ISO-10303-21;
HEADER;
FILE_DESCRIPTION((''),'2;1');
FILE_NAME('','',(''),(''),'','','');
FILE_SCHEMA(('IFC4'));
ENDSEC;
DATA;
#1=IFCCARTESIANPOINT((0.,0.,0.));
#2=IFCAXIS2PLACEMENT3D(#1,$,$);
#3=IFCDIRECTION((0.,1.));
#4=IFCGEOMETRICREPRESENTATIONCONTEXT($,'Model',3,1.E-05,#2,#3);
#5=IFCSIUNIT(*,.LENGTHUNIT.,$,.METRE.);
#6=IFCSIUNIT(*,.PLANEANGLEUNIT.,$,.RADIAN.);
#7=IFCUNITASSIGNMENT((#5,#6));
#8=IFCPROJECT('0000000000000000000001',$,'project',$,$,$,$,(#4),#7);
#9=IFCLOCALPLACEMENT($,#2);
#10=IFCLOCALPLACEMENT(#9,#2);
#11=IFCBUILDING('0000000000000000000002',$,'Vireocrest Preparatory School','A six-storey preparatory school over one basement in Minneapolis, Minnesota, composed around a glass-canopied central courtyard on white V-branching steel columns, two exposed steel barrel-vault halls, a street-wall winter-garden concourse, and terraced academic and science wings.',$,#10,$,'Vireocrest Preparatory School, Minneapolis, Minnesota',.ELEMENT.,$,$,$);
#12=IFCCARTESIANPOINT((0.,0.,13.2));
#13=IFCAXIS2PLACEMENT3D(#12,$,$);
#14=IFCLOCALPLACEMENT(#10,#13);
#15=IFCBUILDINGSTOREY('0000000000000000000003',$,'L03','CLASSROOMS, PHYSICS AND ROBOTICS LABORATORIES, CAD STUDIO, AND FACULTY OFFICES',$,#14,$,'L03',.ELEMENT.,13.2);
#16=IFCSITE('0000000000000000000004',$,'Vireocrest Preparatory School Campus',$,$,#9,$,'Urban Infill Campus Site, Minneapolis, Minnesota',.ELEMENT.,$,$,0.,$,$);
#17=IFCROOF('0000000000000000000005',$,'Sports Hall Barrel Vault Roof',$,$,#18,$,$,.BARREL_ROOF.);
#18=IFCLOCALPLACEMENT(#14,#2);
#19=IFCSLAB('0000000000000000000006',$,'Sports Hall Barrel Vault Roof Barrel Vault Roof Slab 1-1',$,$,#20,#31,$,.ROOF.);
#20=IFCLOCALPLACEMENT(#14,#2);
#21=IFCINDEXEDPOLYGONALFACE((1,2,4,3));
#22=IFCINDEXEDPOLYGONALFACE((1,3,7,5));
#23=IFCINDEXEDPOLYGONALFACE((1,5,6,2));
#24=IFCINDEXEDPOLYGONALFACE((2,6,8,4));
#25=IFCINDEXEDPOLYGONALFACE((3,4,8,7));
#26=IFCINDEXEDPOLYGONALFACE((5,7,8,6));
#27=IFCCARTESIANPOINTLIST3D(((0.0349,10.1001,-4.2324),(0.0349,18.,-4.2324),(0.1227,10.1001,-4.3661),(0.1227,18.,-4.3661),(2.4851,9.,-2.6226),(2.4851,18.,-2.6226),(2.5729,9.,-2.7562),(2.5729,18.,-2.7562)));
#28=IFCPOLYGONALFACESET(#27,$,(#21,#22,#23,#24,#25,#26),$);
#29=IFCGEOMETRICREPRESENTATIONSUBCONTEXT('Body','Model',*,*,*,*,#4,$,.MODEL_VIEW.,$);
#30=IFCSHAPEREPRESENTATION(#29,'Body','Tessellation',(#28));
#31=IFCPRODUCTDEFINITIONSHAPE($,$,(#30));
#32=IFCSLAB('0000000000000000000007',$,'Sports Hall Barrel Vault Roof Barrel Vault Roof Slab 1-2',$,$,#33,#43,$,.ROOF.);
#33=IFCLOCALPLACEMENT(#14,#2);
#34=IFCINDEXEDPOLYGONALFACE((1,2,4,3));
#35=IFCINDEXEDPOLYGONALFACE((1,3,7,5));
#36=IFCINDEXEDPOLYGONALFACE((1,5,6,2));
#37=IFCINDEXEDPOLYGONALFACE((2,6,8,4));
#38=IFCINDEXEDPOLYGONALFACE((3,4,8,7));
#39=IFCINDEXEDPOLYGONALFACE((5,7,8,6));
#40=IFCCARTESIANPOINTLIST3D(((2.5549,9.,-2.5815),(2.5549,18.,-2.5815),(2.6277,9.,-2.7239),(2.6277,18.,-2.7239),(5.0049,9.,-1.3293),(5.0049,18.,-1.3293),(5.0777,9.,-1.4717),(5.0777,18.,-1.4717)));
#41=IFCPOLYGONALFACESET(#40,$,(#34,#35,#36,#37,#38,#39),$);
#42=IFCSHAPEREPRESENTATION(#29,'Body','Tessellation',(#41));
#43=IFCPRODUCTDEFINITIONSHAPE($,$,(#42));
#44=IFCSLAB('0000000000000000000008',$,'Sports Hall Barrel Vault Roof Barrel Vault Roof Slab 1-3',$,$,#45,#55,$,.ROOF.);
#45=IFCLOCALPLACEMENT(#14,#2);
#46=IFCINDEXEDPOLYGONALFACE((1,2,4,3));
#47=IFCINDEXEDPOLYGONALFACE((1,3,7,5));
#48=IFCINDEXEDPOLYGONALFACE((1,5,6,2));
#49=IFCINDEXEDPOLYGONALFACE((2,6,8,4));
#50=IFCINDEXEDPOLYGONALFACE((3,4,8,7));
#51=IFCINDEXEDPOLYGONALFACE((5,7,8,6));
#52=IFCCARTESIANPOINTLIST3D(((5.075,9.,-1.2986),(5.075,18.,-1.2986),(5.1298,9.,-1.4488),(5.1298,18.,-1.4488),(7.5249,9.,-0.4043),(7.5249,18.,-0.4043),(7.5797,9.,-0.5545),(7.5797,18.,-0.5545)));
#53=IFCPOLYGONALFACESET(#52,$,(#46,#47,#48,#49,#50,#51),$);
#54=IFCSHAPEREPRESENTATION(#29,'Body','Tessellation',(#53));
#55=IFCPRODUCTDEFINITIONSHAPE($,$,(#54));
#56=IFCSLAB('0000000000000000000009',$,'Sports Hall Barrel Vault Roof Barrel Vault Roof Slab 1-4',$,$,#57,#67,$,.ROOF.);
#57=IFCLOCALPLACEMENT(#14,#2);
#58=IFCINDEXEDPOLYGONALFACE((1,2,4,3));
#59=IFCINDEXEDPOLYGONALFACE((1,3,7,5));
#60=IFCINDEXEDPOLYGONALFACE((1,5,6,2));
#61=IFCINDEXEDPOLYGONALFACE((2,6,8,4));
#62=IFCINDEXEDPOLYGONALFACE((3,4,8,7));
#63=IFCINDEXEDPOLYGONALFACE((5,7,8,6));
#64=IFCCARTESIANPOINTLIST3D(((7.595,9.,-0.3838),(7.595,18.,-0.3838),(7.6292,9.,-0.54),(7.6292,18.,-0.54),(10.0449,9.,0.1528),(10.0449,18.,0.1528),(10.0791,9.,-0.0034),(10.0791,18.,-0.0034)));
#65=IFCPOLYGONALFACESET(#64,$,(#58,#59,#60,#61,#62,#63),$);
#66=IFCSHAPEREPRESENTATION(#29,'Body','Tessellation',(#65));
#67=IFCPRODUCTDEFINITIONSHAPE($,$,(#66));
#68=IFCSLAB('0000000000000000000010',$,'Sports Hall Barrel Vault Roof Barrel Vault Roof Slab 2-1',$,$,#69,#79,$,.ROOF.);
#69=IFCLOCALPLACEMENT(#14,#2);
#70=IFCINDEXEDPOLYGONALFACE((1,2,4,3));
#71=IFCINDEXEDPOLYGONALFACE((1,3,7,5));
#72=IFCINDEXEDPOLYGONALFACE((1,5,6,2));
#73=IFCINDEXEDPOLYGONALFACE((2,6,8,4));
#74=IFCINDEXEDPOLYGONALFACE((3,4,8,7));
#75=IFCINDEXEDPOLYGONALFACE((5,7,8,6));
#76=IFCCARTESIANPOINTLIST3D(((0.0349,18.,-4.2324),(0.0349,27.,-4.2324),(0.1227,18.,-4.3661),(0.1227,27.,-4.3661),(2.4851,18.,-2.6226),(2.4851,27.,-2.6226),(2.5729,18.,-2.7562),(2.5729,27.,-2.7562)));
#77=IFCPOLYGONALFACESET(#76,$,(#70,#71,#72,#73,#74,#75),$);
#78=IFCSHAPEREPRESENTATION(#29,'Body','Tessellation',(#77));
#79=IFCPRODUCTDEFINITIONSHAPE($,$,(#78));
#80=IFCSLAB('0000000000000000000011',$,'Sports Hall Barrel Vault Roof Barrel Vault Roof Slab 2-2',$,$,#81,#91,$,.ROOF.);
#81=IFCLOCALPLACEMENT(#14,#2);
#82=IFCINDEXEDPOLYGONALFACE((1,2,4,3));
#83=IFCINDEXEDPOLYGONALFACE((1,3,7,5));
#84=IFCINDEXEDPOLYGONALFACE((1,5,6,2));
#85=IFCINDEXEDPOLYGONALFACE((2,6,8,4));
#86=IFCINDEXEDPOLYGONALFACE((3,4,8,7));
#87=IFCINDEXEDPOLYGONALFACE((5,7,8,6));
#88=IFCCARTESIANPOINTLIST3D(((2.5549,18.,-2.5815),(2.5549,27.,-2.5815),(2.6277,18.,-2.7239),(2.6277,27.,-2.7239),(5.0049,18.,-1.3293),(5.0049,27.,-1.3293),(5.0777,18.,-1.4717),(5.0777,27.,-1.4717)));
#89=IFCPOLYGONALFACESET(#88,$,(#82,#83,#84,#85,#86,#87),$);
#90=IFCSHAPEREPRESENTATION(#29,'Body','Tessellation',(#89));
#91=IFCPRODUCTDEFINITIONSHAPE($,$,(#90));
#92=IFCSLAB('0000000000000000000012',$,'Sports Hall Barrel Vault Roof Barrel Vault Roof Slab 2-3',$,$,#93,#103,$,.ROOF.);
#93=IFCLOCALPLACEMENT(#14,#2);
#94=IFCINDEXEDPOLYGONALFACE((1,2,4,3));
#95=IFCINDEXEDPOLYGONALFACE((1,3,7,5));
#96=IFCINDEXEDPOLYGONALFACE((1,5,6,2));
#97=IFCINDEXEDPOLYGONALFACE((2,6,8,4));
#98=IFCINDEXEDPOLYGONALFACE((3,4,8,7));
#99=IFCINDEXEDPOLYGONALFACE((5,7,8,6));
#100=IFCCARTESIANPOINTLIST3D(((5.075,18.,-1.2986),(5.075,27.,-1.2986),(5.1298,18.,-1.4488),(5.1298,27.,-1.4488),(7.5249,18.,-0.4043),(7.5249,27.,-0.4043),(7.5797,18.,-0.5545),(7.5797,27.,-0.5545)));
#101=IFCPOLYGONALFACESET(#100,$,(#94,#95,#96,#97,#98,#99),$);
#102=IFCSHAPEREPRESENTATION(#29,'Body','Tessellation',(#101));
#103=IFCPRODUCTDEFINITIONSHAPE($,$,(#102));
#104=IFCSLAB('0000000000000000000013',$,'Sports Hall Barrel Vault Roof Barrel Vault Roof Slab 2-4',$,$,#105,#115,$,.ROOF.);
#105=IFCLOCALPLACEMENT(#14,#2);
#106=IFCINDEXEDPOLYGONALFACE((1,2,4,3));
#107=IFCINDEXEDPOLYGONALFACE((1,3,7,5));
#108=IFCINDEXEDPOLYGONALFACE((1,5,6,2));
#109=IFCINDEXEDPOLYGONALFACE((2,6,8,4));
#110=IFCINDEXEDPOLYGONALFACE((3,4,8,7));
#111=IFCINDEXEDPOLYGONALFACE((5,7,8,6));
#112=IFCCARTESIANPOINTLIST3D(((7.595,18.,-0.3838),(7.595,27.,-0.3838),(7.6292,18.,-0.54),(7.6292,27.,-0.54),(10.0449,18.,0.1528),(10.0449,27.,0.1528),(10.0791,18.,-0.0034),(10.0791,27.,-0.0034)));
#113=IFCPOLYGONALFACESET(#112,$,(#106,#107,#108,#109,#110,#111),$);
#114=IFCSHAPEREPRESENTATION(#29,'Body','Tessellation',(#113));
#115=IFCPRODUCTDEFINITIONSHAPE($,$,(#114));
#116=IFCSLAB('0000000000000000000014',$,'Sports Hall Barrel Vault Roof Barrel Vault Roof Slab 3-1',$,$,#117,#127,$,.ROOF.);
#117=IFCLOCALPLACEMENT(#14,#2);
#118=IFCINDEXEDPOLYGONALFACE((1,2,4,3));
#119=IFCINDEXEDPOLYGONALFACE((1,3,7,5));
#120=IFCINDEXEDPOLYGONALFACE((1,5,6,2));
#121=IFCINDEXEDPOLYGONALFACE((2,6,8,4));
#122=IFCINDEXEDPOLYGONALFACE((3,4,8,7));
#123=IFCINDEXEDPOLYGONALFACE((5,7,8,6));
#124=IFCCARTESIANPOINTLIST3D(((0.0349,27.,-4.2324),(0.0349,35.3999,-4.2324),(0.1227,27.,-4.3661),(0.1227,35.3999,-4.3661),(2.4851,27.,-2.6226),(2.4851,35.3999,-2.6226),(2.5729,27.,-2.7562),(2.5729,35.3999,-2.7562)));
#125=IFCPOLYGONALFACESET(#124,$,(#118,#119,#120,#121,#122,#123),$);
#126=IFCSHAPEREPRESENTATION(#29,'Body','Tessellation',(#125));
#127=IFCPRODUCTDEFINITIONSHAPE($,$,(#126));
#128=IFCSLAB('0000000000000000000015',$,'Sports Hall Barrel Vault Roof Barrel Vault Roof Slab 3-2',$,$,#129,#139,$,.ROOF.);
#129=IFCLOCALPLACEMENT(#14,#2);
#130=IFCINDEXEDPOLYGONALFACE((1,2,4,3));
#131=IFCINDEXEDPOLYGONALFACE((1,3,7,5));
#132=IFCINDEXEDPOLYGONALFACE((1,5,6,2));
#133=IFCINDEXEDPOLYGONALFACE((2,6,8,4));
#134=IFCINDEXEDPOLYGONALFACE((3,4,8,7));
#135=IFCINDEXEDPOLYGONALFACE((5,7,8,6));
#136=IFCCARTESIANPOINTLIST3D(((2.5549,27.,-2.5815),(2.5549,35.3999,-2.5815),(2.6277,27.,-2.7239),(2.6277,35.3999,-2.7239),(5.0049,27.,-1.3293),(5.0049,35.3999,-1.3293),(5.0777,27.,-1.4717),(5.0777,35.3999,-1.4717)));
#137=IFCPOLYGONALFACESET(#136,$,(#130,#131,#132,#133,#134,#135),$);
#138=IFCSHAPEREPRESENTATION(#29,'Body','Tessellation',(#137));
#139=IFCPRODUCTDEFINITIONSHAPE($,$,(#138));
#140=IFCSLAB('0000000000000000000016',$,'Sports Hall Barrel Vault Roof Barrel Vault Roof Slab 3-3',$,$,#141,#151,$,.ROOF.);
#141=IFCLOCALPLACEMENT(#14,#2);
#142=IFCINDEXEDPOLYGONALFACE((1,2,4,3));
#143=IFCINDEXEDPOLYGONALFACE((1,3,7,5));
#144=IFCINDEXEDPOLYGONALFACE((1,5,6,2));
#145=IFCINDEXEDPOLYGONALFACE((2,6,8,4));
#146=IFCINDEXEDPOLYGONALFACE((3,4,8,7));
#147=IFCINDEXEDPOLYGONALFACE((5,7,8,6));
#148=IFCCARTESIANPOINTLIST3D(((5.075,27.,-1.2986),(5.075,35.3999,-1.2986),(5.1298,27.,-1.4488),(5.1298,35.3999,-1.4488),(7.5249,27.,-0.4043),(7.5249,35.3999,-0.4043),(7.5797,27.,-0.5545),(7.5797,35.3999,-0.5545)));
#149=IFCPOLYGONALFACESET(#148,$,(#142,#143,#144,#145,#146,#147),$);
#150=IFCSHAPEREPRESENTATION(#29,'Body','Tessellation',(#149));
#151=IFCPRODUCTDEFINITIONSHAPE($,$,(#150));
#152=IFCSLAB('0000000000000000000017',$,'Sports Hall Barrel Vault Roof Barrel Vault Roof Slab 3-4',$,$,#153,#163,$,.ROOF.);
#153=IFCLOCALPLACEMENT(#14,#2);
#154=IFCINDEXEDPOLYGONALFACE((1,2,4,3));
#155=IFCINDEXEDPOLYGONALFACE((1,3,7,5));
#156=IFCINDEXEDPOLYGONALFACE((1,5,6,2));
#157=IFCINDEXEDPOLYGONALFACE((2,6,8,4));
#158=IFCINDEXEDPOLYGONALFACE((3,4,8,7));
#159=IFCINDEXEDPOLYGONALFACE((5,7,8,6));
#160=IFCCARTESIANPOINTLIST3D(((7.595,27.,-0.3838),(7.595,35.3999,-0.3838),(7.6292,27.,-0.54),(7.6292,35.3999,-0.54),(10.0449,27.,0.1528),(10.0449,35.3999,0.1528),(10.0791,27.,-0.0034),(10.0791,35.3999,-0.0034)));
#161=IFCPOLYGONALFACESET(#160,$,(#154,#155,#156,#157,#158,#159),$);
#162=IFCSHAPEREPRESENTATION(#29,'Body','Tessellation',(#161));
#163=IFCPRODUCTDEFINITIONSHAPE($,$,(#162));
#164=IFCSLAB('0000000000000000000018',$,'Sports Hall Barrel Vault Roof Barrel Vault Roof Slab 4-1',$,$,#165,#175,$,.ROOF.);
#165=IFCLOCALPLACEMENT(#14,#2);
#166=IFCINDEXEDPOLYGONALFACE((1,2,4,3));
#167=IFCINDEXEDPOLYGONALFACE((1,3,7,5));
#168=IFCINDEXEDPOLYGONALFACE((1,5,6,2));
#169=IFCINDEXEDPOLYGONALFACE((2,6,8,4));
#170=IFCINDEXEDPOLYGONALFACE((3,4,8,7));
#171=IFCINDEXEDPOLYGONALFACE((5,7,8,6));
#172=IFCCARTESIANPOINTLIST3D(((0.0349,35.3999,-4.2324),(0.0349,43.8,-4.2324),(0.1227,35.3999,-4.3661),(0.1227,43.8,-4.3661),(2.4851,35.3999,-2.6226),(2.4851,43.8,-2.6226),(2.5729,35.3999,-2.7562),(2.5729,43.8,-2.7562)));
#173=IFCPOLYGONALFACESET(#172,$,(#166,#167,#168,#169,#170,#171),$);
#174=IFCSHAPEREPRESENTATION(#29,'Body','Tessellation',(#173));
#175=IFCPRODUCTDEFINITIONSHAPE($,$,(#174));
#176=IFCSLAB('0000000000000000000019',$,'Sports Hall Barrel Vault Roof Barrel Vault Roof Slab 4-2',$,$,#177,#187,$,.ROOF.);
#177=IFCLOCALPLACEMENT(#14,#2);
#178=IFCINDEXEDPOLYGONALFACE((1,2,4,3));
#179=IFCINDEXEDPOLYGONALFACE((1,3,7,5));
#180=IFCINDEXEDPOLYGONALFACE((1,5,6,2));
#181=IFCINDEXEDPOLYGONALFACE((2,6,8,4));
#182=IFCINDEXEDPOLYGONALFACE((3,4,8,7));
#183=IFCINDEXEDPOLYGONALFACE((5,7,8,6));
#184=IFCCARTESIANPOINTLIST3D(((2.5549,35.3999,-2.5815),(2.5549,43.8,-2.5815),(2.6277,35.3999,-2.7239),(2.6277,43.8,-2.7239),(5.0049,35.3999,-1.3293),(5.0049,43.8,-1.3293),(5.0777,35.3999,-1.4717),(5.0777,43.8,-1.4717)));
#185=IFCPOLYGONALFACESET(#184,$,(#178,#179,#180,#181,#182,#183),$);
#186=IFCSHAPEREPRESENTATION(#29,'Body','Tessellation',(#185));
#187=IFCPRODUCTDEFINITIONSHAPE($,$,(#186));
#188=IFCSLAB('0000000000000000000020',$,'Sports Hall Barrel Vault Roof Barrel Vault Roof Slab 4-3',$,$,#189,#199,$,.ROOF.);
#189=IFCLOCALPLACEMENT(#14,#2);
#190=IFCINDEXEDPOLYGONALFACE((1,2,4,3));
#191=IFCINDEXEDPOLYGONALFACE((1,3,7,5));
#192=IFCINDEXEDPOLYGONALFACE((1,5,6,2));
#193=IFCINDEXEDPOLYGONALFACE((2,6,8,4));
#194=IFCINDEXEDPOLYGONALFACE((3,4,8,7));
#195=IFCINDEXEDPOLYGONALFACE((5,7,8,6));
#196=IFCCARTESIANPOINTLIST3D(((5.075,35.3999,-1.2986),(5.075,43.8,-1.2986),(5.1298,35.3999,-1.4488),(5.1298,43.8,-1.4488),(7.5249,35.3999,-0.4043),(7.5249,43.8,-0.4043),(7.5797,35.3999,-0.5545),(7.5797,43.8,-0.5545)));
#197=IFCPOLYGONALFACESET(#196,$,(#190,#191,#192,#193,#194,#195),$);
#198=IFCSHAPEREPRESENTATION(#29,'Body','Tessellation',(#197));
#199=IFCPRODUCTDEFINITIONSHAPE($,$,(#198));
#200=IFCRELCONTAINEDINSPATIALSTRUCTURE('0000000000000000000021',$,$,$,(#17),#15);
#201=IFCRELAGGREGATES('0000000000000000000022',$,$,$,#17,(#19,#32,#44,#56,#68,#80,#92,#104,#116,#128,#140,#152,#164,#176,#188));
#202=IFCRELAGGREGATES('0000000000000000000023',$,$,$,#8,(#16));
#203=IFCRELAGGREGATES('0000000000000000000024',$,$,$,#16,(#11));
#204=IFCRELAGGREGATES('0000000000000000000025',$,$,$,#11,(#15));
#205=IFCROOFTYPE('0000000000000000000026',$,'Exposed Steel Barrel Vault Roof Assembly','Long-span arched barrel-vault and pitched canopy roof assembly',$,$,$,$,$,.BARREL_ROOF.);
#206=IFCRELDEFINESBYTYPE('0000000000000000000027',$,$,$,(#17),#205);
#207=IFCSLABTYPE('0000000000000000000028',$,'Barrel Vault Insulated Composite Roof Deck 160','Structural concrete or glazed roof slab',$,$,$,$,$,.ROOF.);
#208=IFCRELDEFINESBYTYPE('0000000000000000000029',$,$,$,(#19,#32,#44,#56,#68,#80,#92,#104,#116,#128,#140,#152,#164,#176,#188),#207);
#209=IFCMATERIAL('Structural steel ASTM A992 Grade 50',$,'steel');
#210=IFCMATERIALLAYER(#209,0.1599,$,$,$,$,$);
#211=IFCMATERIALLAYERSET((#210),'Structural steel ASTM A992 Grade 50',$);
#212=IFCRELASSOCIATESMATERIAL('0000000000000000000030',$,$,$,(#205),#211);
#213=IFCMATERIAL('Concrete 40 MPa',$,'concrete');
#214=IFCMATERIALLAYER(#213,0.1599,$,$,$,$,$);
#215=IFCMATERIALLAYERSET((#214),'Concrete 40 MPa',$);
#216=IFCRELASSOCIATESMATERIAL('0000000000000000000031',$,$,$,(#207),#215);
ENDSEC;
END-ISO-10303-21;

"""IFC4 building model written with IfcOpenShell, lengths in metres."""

from ifc_helpers import new_model, si_unit, direction, frame, origin, place, context, subcontext, project, spatial, polyline, outline, extrude, material, layer, layer_set, type_object, element, aggregate, save


model = new_model("IFC4")

# Units and contexts
model_context = context("Model", 3, precision=1e-05, world=origin(), true_north=direction((0.0, 1.0)))
body_context = subcontext(model_context, "Body", "Model", "MODEL_VIEW")
ifc_project = project(units=[si_unit("LENGTHUNIT", "METRE"), si_unit("PLANEANGLEUNIT", "RADIAN")], contexts=[model_context])

# Site, building, storey
site_placement = place(None, origin())
site = spatial("IfcSite", under=ifc_project, at=site_placement, Name="Vireocrest Preparatory School Campus", LongName="Urban Infill Campus Site, Minneapolis, Minnesota", CompositionType="ELEMENT", RefElevation=0.0)
building_placement = place(site_placement, origin())
building = spatial("IfcBuilding", under=site, at=building_placement, Name="Vireocrest Preparatory School", Description="A six-storey preparatory school over one basement in Minneapolis, Minnesota, composed around a glass-canopied central courtyard on white V-branching steel columns, two exposed steel barrel-vault halls, a street-wall winter-garden concourse, and terraced academic and science wings.", LongName="Vireocrest Preparatory School, Minneapolis, Minnesota", CompositionType="ELEMENT")
storey_placement = place(building_placement, frame((0.0, 0.0, 13.2)))
storey = spatial("IfcBuildingStorey", under=building, at=storey_placement, Name="L03", Description="CLASSROOMS, PHYSICS AND ROBOTICS LABORATORIES, CAD STUDIO, AND FACULTY OFFICES", LongName="L03", CompositionType="ELEMENT", Elevation=13.2)

# Roof, slabs
ifc_material_1 = material(Name="Structural steel ASTM A992 Grade 50", Category="steel")
ifc_layer_1 = layer(ifc_material_1, 0.1599)
ifc_layer_set_1 = layer_set([ifc_layer_1], Name="Structural steel ASTM A992 Grade 50")
roof_type = type_object("IfcRoofType", Name="Exposed Steel Barrel Vault Roof Assembly", Description="Long-span arched barrel-vault and pitched canopy roof assembly", PredefinedType="BARREL_ROOF", material=ifc_layer_set_1)
roof_placement = place(storey_placement, origin())
roof = element("IfcRoof", 1, at=roof_placement, inside=storey, type_object=roof_type, Name="Sports Hall Barrel Vault Roof", PredefinedType="BARREL_ROOF")
ifc_material_2 = material(Name="Concrete 40 MPa", Category="concrete")
ifc_layer_2 = layer(ifc_material_2, 0.1599)
ifc_layer_set_2 = layer_set([ifc_layer_2], Name="Concrete 40 MPa")
slab_type = type_object("IfcSlabType", Name="Barrel Vault Insulated Composite Roof Deck 160", Description="Structural concrete or glazed roof slab", PredefinedType="ROOF", material=ifc_layer_set_2)
slab_1_placement = place(storey_placement, frame((0.0349, 10.1001, -4.2324), z_axis=(-0.549115, 0.0, 0.835747), x_axis=(0.782473, -0.351318, 0.514112)))
slab_1 = element("IfcSlab", 2, at=slab_1_placement, type_object=slab_type, Name="Sports Hall Barrel Vault Roof Barrel Vault Roof Slab 1-1", PredefinedType="ROOF", context=body_context, shape_type="SweptSolid", body=[
    extrude(outline(polyline([(0.0, 0.0), (3.1313, 0.0), (-0.0305, 8.4263), (-2.7754, 7.3963), (0.0, 0.0)])), origin(), (0.0, 0.0, -1.0), 0.1599),
])
slab_2_placement = place(storey_placement, frame((2.5549, 9.0, -2.5815), z_axis=(-0.455111, 0.0, 0.890435), x_axis=(0.890435, 0.0, 0.455111)))
slab_2 = element("IfcSlab", 3, at=slab_2_placement, type_object=slab_type, Name="Sports Hall Barrel Vault Roof Barrel Vault Roof Slab 1-2", PredefinedType="ROOF", context=body_context, shape_type="SweptSolid", body=[
    extrude(outline(polyline([(0.0, 0.0), (2.7514, 0.0), (2.7514, 9.0), (0.0, 9.0), (0.0, 0.0)])), origin(), (0.0, 0.0, -1.0), 0.1599),
])
slab_3_placement = place(storey_placement, frame((5.075, 9.0, -1.2986), z_axis=(-0.342893, 0.0, 0.939375), x_axis=(0.939375, 0.0, 0.342893)))
slab_3 = element("IfcSlab", 4, at=slab_3_placement, type_object=slab_type, Name="Sports Hall Barrel Vault Roof Barrel Vault Roof Slab 1-3", PredefinedType="ROOF", context=body_context, shape_type="SweptSolid", body=[
    extrude(outline(polyline([(0.0, 0.0), (2.6081, 0.0), (2.6081, 9.0), (0.0, 9.0), (0.0, 0.0)])), origin(), (0.0, 0.0, -1.0), 0.1599),
])
slab_4_placement = place(storey_placement, frame((7.595, 9.0, -0.3838), z_axis=(-0.213961, 0.0, 0.976842), x_axis=(0.976842, 0.0, 0.213961)))
slab_4 = element("IfcSlab", 5, at=slab_4_placement, type_object=slab_type, Name="Sports Hall Barrel Vault Roof Barrel Vault Roof Slab 1-4", PredefinedType="ROOF", context=body_context, shape_type="SweptSolid", body=[
    extrude(outline(polyline([(0.0, 0.0), (2.508, 0.0), (2.508, 9.0), (0.0, 9.0), (0.0, 0.0)])), origin(), (0.0, 0.0, -1.0), 0.1599),
])
slab_5_placement = place(storey_placement, frame((0.0349, 18.0, -4.2324), z_axis=(-0.549115, 0.0, 0.835747), x_axis=(0.835747, 0.0, 0.549115)))
slab_5 = element("IfcSlab", 6, at=slab_5_placement, type_object=slab_type, Name="Sports Hall Barrel Vault Roof Barrel Vault Roof Slab 2-1", PredefinedType="ROOF", context=body_context, shape_type="SweptSolid", body=[
    extrude(outline(polyline([(0.0, 0.0), (2.9317, 0.0), (2.9317, 9.0), (0.0, 9.0), (0.0, 0.0)])), origin(), (0.0, 0.0, -1.0), 0.1599),
])
slab_6_placement = place(storey_placement, frame((2.5549, 18.0, -2.5815), z_axis=(-0.455111, 0.0, 0.890435), x_axis=(0.890435, 0.0, 0.455111)))
slab_6 = element("IfcSlab", 7, at=slab_6_placement, type_object=slab_type, Name="Sports Hall Barrel Vault Roof Barrel Vault Roof Slab 2-2", PredefinedType="ROOF", context=body_context, shape_type="SweptSolid", body=[
    extrude(outline(polyline([(0.0, 0.0), (2.7514, 0.0), (2.7514, 9.0), (0.0, 9.0), (0.0, 0.0)])), origin(), (0.0, 0.0, -1.0), 0.1599),
])
slab_7_placement = place(storey_placement, frame((5.075, 18.0, -1.2986), z_axis=(-0.342893, 0.0, 0.939375), x_axis=(0.939375, 0.0, 0.342893)))
slab_7 = element("IfcSlab", 8, at=slab_7_placement, type_object=slab_type, Name="Sports Hall Barrel Vault Roof Barrel Vault Roof Slab 2-3", PredefinedType="ROOF", context=body_context, shape_type="SweptSolid", body=[
    extrude(outline(polyline([(0.0, 0.0), (2.6081, 0.0), (2.6081, 9.0), (0.0, 9.0), (0.0, 0.0)])), origin(), (0.0, 0.0, -1.0), 0.1599),
])
slab_8_placement = place(storey_placement, frame((7.595, 18.0, -0.3838), z_axis=(-0.213961, 0.0, 0.976842), x_axis=(0.976842, 0.0, 0.213961)))
slab_8 = element("IfcSlab", 9, at=slab_8_placement, type_object=slab_type, Name="Sports Hall Barrel Vault Roof Barrel Vault Roof Slab 2-4", PredefinedType="ROOF", context=body_context, shape_type="SweptSolid", body=[
    extrude(outline(polyline([(0.0, 0.0), (2.508, 0.0), (2.508, 9.0), (0.0, 9.0), (0.0, 0.0)])), origin(), (0.0, 0.0, -1.0), 0.1599),
])
slab_9_placement = place(storey_placement, frame((0.0349, 27.0, -4.2324), z_axis=(-0.549115, 0.0, 0.835747), x_axis=(0.835747, 0.0, 0.549115)))
slab_9 = element("IfcSlab", 10, at=slab_9_placement, type_object=slab_type, Name="Sports Hall Barrel Vault Roof Barrel Vault Roof Slab 3-1", PredefinedType="ROOF", context=body_context, shape_type="SweptSolid", body=[
    extrude(outline(polyline([(0.0, 0.0), (2.9317, 0.0), (2.9317, 8.3999), (0.0, 8.3999), (0.0, 0.0)])), origin(), (0.0, 0.0, -1.0), 0.1599),
])
slab_10_placement = place(storey_placement, frame((2.5549, 27.0, -2.5815), z_axis=(-0.455111, 0.0, 0.890435), x_axis=(0.890435, 0.0, 0.455111)))
slab_10 = element("IfcSlab", 11, at=slab_10_placement, type_object=slab_type, Name="Sports Hall Barrel Vault Roof Barrel Vault Roof Slab 3-2", PredefinedType="ROOF", context=body_context, shape_type="SweptSolid", body=[
    extrude(outline(polyline([(0.0, 0.0), (2.7514, 0.0), (2.7514, 8.3999), (0.0, 8.3999), (0.0, 0.0)])), origin(), (0.0, 0.0, -1.0), 0.1599),
])
slab_11_placement = place(storey_placement, frame((5.075, 27.0, -1.2986), z_axis=(-0.342893, 0.0, 0.939375), x_axis=(0.939375, 0.0, 0.342893)))
slab_11 = element("IfcSlab", 12, at=slab_11_placement, type_object=slab_type, Name="Sports Hall Barrel Vault Roof Barrel Vault Roof Slab 3-3", PredefinedType="ROOF", context=body_context, shape_type="SweptSolid", body=[
    extrude(outline(polyline([(0.0, 0.0), (2.6081, 0.0), (2.6081, 8.3999), (0.0, 8.3999), (0.0, 0.0)])), origin(), (0.0, 0.0, -1.0), 0.1599),
])
slab_12_placement = place(storey_placement, frame((7.595, 27.0, -0.3838), z_axis=(-0.213961, 0.0, 0.976842), x_axis=(0.976842, 0.0, 0.213961)))
slab_12 = element("IfcSlab", 13, at=slab_12_placement, type_object=slab_type, Name="Sports Hall Barrel Vault Roof Barrel Vault Roof Slab 3-4", PredefinedType="ROOF", context=body_context, shape_type="SweptSolid", body=[
    extrude(outline(polyline([(0.0, 0.0), (2.508, 0.0), (2.508, 8.3999), (0.0, 8.3999), (0.0, 0.0)])), origin(), (0.0, 0.0, -1.0), 0.1599),
])
slab_13_placement = place(storey_placement, frame((0.0349, 35.3999, -4.2324), z_axis=(-0.549115, 0.0, 0.835747), x_axis=(0.835747, 0.0, 0.549115)))
slab_13 = element("IfcSlab", 14, at=slab_13_placement, type_object=slab_type, Name="Sports Hall Barrel Vault Roof Barrel Vault Roof Slab 4-1", PredefinedType="ROOF", context=body_context, shape_type="SweptSolid", body=[
    extrude(outline(polyline([(0.0, 0.0), (2.9317, 0.0), (2.9317, 8.4001), (0.0, 8.4001), (0.0, 0.0)])), origin(), (0.0, 0.0, -1.0), 0.1599),
])
slab_14_placement = place(storey_placement, frame((2.5549, 35.3999, -2.5815), z_axis=(-0.455111, 0.0, 0.890435), x_axis=(0.890435, 0.0, 0.455111)))
slab_14 = element("IfcSlab", 15, at=slab_14_placement, type_object=slab_type, Name="Sports Hall Barrel Vault Roof Barrel Vault Roof Slab 4-2", PredefinedType="ROOF", context=body_context, shape_type="SweptSolid", body=[
    extrude(outline(polyline([(0.0, 0.0), (2.7514, 0.0), (2.7514, 8.4001), (0.0, 8.4001), (0.0, 0.0)])), origin(), (0.0, 0.0, -1.0), 0.1599),
])
slab_15_placement = place(storey_placement, frame((5.075, 35.3999, -1.2986), z_axis=(-0.342893, 0.0, 0.939375), x_axis=(0.939375, 0.0, 0.342893)))
slab_15 = element("IfcSlab", 16, at=slab_15_placement, type_object=slab_type, Name="Sports Hall Barrel Vault Roof Barrel Vault Roof Slab 4-3", PredefinedType="ROOF", context=body_context, shape_type="SweptSolid", body=[
    extrude(outline(polyline([(0.0, 0.0), (2.6081, 0.0), (2.6081, 8.4001), (0.0, 8.4001), (0.0, 0.0)])), origin(), (0.0, 0.0, -1.0), 0.1599),
])
aggregate(roof, [slab_1, slab_2, slab_3, slab_4, slab_5, slab_6, slab_7, slab_8, slab_9, slab_10, slab_11, slab_12, slab_13, slab_14, slab_15])

save(model, "model.ifc")
